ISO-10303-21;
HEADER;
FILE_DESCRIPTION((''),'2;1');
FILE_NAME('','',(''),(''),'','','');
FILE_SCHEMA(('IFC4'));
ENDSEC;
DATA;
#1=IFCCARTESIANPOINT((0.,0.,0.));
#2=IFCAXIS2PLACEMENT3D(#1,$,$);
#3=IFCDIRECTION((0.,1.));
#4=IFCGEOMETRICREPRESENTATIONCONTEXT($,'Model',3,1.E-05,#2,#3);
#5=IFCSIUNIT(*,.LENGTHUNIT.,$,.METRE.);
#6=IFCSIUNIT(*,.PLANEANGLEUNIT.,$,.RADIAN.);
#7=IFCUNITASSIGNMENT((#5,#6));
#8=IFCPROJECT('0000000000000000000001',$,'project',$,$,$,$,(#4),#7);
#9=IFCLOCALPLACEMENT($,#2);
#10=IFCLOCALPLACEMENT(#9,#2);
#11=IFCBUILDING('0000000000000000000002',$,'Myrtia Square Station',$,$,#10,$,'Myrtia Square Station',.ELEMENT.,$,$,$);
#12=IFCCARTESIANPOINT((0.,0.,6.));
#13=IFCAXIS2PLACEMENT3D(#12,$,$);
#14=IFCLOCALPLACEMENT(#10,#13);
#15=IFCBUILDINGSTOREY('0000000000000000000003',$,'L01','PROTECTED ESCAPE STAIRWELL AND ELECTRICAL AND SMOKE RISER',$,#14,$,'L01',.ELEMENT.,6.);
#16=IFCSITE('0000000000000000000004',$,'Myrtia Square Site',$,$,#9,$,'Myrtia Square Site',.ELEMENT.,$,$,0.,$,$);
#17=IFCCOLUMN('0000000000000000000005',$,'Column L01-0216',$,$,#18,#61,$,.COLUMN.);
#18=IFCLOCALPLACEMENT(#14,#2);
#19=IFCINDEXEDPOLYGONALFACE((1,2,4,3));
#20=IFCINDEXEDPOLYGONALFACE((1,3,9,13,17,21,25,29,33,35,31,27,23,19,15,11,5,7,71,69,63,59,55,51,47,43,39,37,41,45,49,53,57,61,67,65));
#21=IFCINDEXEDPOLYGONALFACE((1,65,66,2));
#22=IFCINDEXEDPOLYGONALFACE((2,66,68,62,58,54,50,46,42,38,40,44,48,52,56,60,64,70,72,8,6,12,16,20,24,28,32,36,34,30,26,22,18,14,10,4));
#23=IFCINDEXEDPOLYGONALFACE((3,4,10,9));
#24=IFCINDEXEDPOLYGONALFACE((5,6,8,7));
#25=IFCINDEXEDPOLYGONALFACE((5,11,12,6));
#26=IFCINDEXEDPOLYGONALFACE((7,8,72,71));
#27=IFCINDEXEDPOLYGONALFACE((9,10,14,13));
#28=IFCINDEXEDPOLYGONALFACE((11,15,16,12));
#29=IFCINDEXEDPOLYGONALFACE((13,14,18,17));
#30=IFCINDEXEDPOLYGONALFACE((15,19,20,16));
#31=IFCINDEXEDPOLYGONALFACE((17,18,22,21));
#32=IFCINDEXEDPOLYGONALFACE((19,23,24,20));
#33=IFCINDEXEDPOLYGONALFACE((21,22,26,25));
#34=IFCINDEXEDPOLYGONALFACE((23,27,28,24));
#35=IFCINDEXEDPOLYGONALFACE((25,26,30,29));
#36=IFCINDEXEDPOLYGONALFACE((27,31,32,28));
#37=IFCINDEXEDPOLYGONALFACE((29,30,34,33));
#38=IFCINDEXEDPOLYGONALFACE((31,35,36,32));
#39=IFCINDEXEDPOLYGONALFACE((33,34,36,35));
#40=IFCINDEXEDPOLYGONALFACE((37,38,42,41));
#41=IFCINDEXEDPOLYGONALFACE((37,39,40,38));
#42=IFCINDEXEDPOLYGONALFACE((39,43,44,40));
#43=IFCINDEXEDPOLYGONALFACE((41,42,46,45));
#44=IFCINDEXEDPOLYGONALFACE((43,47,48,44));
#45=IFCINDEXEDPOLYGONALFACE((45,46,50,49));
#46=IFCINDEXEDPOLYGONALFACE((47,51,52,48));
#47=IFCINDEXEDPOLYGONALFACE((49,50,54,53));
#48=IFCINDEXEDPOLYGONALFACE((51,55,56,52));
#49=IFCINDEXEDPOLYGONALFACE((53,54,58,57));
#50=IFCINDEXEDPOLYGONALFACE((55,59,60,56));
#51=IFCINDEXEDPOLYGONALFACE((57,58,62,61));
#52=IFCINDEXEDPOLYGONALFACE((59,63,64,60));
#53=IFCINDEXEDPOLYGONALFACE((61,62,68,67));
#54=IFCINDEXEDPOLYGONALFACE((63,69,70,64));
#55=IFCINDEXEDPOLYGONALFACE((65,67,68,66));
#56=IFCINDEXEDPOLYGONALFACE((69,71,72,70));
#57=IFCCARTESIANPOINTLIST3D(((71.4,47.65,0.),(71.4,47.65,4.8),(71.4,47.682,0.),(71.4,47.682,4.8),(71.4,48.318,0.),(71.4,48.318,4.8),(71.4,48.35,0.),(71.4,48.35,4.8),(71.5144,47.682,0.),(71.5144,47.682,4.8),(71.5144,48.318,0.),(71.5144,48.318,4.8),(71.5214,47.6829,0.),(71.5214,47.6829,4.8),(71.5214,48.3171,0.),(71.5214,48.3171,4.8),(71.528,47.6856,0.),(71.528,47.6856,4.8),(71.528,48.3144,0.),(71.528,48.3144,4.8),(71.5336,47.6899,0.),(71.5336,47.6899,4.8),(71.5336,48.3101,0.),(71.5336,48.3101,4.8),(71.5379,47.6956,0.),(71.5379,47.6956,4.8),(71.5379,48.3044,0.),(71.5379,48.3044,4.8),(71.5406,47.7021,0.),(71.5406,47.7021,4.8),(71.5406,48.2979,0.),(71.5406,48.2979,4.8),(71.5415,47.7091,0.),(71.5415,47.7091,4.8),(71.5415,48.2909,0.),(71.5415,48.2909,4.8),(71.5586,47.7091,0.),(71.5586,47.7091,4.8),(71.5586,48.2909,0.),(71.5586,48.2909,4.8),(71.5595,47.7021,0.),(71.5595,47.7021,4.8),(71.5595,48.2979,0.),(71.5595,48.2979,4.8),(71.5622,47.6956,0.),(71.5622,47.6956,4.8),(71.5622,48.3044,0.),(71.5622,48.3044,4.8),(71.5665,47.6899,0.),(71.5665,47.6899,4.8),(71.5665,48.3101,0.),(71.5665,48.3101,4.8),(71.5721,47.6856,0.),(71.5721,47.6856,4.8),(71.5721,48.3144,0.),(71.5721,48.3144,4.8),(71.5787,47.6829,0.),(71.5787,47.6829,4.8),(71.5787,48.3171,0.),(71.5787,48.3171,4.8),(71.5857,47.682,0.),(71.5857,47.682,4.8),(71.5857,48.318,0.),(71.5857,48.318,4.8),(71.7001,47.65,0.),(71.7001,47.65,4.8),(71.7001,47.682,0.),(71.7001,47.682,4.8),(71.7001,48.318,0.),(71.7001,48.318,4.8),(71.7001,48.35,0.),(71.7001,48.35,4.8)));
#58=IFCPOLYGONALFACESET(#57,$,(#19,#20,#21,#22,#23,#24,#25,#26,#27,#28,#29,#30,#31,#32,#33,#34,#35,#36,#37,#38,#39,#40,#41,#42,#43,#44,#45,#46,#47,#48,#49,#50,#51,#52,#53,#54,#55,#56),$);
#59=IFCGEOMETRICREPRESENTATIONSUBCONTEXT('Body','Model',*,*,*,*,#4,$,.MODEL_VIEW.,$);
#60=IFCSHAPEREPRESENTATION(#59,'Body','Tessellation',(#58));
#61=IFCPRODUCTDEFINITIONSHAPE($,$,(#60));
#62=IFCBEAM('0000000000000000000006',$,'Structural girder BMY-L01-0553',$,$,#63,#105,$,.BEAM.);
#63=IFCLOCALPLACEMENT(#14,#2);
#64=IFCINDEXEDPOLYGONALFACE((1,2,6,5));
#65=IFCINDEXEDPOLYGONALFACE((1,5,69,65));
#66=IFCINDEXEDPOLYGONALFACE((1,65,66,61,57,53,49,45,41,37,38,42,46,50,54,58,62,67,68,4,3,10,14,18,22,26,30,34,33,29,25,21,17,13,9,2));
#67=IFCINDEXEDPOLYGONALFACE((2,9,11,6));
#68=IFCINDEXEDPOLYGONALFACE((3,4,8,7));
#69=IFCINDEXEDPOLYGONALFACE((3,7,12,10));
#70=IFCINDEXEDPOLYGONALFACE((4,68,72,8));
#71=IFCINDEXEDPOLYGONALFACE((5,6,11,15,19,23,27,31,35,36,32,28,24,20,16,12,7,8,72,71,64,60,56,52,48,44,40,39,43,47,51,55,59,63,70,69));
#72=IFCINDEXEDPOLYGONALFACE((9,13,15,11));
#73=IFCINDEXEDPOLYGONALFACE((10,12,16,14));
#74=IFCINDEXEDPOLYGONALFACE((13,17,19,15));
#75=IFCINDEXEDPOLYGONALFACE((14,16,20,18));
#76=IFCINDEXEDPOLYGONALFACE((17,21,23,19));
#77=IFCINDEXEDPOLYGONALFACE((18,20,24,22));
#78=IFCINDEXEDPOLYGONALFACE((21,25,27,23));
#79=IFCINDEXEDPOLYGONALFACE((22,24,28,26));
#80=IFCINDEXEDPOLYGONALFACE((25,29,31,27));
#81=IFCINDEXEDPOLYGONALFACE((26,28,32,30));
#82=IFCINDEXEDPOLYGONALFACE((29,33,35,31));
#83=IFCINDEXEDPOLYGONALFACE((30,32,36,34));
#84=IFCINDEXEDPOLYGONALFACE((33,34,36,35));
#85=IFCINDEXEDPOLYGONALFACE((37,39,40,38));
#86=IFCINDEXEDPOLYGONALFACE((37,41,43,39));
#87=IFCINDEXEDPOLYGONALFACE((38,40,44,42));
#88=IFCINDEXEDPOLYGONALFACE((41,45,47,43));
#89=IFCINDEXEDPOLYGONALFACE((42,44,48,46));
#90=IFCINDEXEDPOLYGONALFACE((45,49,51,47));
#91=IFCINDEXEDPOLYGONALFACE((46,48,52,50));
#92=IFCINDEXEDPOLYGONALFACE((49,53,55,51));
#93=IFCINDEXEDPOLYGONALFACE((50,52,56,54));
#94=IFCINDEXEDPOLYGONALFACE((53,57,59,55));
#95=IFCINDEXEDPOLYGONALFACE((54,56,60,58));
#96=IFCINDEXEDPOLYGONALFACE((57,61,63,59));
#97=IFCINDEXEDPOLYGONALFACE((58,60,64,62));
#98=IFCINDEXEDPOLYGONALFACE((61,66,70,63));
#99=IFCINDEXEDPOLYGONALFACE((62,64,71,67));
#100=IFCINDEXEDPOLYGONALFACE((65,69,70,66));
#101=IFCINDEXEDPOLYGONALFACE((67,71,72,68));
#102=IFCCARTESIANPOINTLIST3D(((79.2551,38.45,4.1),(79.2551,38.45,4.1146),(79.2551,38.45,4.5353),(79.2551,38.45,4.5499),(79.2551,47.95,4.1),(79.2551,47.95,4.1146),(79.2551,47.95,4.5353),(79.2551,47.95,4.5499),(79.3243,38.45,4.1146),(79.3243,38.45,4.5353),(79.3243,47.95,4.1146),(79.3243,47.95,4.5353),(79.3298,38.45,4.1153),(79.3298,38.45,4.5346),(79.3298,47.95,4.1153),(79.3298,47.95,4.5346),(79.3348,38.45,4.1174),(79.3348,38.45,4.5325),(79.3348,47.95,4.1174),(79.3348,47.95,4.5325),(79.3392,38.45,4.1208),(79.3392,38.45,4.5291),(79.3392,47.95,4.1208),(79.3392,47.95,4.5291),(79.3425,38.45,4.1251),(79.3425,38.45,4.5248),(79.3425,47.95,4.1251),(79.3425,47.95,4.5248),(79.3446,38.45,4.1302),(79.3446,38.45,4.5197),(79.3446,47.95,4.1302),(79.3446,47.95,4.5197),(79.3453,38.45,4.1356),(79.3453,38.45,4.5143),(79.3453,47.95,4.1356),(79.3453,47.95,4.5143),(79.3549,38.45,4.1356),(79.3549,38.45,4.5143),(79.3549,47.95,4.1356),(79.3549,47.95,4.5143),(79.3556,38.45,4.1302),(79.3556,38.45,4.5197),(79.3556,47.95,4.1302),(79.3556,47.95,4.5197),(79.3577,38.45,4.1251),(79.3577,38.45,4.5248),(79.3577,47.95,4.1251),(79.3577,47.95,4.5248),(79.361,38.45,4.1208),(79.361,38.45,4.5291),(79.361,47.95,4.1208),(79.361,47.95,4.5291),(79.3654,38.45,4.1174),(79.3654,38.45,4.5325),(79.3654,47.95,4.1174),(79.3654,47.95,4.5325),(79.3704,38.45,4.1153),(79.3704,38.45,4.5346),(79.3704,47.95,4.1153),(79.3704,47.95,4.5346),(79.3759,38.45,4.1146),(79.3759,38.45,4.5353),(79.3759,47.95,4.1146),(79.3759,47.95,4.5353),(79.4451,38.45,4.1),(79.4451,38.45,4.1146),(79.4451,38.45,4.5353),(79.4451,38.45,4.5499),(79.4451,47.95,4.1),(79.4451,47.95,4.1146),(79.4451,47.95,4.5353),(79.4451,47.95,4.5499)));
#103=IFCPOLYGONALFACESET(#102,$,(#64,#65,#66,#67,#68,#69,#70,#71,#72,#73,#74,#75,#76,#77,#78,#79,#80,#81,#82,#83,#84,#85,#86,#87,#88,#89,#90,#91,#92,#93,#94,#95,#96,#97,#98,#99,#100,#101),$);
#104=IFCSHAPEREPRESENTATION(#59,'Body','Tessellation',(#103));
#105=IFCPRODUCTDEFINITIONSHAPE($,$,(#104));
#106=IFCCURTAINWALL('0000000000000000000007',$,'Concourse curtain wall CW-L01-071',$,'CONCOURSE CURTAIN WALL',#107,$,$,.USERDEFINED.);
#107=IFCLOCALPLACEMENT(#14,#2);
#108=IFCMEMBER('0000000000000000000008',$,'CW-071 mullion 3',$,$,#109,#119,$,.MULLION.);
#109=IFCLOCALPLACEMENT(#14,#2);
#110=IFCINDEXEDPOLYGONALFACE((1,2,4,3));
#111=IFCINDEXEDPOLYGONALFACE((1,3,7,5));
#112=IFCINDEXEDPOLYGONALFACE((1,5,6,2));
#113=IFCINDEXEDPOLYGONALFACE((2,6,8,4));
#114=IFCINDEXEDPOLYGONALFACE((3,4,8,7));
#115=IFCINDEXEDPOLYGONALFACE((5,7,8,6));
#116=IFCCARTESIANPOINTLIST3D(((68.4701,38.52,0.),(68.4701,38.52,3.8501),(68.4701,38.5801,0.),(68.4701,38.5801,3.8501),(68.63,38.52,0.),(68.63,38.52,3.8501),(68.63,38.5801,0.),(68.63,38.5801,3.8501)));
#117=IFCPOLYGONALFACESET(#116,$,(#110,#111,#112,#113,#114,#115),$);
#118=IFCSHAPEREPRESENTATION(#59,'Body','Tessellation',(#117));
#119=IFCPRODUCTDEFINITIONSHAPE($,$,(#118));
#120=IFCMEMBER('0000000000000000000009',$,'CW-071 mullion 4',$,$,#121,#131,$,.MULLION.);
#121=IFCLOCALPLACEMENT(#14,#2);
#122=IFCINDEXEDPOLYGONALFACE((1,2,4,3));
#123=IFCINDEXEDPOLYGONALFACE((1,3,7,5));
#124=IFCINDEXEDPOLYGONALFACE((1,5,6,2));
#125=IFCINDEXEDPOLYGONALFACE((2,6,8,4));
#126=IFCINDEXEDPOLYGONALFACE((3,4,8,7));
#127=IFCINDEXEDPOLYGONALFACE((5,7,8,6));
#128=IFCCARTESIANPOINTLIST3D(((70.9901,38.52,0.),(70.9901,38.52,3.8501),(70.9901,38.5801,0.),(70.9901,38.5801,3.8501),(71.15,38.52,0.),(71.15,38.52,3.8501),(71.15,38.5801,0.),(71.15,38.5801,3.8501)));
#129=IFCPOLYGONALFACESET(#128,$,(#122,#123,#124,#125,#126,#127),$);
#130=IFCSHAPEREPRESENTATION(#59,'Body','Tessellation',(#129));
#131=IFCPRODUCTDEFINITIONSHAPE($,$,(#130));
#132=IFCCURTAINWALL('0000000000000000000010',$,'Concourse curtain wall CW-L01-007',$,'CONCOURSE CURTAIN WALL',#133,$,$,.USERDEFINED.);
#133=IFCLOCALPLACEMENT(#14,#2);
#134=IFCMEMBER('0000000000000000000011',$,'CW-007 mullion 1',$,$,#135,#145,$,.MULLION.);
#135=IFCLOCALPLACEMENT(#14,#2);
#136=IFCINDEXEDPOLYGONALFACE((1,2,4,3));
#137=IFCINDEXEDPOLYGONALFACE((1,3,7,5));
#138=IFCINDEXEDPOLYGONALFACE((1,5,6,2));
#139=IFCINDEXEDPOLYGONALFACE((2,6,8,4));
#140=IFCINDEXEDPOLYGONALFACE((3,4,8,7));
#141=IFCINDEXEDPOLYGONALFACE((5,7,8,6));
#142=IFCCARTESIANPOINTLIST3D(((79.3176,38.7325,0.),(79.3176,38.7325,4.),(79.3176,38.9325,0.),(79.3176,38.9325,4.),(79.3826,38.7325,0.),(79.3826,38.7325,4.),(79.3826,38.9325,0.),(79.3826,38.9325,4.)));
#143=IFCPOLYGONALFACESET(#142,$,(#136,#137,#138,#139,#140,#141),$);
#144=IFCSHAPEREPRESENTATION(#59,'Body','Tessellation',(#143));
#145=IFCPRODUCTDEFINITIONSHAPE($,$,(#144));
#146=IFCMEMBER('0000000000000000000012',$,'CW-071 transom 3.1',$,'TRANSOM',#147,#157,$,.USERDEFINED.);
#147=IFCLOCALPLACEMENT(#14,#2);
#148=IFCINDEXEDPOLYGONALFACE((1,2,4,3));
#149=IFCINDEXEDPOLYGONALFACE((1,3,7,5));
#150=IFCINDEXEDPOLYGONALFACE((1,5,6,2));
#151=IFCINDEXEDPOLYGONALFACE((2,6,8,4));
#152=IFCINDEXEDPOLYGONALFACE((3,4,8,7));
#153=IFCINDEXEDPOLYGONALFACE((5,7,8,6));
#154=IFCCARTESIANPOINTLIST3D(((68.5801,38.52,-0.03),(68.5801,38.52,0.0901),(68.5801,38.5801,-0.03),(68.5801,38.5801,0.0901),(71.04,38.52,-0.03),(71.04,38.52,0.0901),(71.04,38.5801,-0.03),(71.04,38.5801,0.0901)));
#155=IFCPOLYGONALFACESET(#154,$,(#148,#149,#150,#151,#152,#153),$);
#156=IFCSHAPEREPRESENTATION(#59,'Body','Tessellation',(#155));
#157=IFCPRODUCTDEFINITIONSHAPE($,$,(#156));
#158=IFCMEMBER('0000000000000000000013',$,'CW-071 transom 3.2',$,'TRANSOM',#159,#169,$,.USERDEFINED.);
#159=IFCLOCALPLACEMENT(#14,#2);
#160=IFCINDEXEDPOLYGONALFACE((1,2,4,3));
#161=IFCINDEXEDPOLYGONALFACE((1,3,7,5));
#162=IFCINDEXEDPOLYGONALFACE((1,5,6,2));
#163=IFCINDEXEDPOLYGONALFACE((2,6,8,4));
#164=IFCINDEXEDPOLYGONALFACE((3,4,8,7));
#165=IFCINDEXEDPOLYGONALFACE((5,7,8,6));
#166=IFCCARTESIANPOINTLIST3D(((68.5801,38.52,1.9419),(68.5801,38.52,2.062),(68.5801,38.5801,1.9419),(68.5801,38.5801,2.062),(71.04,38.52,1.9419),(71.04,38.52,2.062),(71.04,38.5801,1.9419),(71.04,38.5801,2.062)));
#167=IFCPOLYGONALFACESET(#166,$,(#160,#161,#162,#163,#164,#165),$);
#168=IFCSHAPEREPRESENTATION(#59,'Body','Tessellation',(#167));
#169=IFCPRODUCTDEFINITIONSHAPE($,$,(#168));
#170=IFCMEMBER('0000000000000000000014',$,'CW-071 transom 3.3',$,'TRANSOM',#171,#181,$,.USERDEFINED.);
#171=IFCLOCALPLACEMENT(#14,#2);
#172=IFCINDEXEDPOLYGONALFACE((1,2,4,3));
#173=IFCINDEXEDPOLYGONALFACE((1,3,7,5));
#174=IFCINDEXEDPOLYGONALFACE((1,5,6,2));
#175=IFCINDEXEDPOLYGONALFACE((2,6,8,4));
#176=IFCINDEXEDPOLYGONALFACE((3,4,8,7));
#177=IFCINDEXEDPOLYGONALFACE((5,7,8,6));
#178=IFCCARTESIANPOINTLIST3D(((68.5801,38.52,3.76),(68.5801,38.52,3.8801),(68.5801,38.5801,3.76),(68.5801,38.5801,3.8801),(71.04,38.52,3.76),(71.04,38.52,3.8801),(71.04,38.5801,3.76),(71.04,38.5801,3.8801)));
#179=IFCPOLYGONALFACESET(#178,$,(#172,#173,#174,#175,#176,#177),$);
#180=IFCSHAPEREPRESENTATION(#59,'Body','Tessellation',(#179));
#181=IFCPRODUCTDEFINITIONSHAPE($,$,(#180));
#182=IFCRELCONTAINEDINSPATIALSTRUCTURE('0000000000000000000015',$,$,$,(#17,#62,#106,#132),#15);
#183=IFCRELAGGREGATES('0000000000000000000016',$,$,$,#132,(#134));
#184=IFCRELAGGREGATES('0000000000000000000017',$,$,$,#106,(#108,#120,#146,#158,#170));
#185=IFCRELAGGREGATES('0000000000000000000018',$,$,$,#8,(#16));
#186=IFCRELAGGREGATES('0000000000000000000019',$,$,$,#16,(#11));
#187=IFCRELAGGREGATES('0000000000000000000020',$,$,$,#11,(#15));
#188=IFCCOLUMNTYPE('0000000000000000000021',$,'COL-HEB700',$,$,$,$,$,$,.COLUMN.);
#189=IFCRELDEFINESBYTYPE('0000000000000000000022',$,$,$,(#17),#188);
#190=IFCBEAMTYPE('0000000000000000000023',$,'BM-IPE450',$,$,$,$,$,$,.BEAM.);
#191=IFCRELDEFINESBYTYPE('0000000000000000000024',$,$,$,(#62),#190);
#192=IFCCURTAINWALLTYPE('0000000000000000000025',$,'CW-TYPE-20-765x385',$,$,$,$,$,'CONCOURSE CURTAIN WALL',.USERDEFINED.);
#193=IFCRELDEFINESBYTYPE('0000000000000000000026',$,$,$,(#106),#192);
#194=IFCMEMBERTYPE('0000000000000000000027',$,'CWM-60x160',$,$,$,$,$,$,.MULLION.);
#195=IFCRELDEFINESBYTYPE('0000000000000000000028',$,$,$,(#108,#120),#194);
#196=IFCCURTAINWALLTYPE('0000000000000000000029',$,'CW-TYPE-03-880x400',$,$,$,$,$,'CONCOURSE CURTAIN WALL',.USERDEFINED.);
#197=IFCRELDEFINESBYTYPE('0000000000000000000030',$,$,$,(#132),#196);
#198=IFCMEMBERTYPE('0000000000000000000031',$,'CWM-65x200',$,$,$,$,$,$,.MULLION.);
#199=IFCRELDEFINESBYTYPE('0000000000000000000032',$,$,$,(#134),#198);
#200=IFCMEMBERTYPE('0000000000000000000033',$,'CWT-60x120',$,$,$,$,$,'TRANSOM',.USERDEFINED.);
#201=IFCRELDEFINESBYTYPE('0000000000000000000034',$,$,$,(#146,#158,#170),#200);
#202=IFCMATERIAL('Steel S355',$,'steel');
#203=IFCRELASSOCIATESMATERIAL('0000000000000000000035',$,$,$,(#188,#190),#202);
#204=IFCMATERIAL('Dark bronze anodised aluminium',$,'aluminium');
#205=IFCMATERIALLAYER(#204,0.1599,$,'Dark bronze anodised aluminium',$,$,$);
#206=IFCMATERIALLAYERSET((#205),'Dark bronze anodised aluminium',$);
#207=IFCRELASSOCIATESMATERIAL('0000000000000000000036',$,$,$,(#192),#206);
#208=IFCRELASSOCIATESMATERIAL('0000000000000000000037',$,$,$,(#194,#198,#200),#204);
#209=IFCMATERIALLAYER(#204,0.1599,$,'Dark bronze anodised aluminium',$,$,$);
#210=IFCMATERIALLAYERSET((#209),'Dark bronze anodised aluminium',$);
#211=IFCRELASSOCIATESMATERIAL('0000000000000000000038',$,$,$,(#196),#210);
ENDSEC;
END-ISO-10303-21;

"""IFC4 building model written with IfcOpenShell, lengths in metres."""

from ifc_helpers import new_model, si_unit, direction, frame, origin, origin_2d, place, context, subcontext, project, spatial, rectangle, i_section, extrude, material, layer, layer_set, material_profile, profile_set, type_object, element, aggregate, save


model = new_model("IFC4")

# Units and contexts
model_context = context("Model", 3, precision=1e-05, world=origin(), true_north=direction((0.0, 1.0)))
body_context = subcontext(model_context, "Body", "Model", "MODEL_VIEW")
ifc_project = project(units=[si_unit("LENGTHUNIT", "METRE"), si_unit("PLANEANGLEUNIT", "RADIAN")], contexts=[model_context])

# Site, building, storey
site_placement = place(None, origin())
site = spatial("IfcSite", under=ifc_project, at=site_placement, Name="Myrtia Square Site", LongName="Myrtia Square Site", CompositionType="ELEMENT", RefElevation=0.0)
building_placement = place(site_placement, origin())
building = spatial("IfcBuilding", under=site, at=building_placement, Name="Myrtia Square Station", LongName="Myrtia Square Station", CompositionType="ELEMENT")
storey_placement = place(building_placement, frame((0.0, 0.0, 6.0)))
storey = spatial("IfcBuildingStorey", under=building, at=storey_placement, Name="L01", Description="PROTECTED ESCAPE STAIRWELL AND ELECTRICAL AND SMOKE RISER", LongName="L01", CompositionType="ELEMENT", Elevation=6.0)

# Column
ifc_material_1 = material(Name="Steel S355", Category="steel")
ifc_material_profile_1 = material_profile(ifc_material_1, i_section(OverallWidth=0.3, OverallDepth=0.7, WebThickness=0.0171, FlangeThickness=0.032, FilletRadius=0.0271, at=origin_2d()), Name="HEB 700")
ifc_profile_set_1 = profile_set([ifc_material_profile_1], Name="Steel S355")
column_type_1 = type_object("IfcColumnType", Name="COL-HEB700", PredefinedType="COLUMN", material=ifc_profile_set_1)
for number, where, z_axis, x_axis, name in (
    (1, (71.55, 48.0, 0.0), (0.0, 0.0, 1.0), (1.0, 0.0, 0.0), "Column L01-0216"),
):
    element("IfcColumn", number, at=place(storey_placement, frame(where, z_axis=z_axis, x_axis=x_axis)), inside=storey, type_object=column_type_1, Name=name, PredefinedType="COLUMN", context=body_context, shape_type="SweptSolid", body=[
        extrude(i_section(OverallWidth=0.3, OverallDepth=0.7, WebThickness=0.0171, FlangeThickness=0.032, FilletRadius=0.0271, at=origin_2d()), origin(), (0.0, 0.0, 1.0), 4.8),
    ])

# Beam
ifc_material_profile_2 = material_profile(ifc_material_1, i_section(OverallWidth=0.1899, OverallDepth=0.45, WebThickness=0.0095, FlangeThickness=0.0146, FilletRadius=0.021, at=origin_2d()), Name="IPE 450")
ifc_profile_set_2 = profile_set([ifc_material_profile_2], Name="Steel S355")
beam_type = type_object("IfcBeamType", Name="BM-IPE450", PredefinedType="BEAM", material=ifc_profile_set_2)
beam_placement = place(storey_placement, frame((79.3501, 38.45, 4.325), z_axis=(0.0, 1.0, 0.0), x_axis=(-1.0, 0.0, 0.0)))
element("IfcBeam", 2, at=beam_placement, inside=storey, type_object=beam_type, Name="Structural girder BMY-L01-0553", PredefinedType="BEAM", context=body_context, shape_type="SweptSolid", body=[
    extrude(i_section(OverallWidth=0.1899, OverallDepth=0.45, WebThickness=0.0095, FlangeThickness=0.0146, FilletRadius=0.021, at=origin_2d()), origin(), (0.0, 0.0, 1.0), 9.5),
])

# Curtain wall, members
ifc_material_2 = material(Name="Dark bronze anodised aluminium", Category="aluminium")
ifc_layer_1 = layer(ifc_material_2, 0.1599, Name="Dark bronze anodised aluminium")
ifc_layer_set_1 = layer_set([ifc_layer_1], Name="Dark bronze anodised aluminium")
curtain_wall_type_1 = type_object("IfcCurtainWallType", Name="CW-TYPE-20-765x385", ElementType="CONCOURSE CURTAIN WALL", PredefinedType="USERDEFINED", material=ifc_layer_set_1)
curtain_wall_1_placement = place(storey_placement, origin())
curtain_wall_1 = element("IfcCurtainWall", 3, at=curtain_wall_1_placement, inside=storey, type_object=curtain_wall_type_1, Name="Concourse curtain wall CW-L01-071", ObjectType="CONCOURSE CURTAIN WALL", PredefinedType="USERDEFINED")
ifc_material_profile_3 = material_profile(ifc_material_2, rectangle(XDim=0.0601, YDim=0.1599, at=origin_2d()), Name="ALU-M 60x160")
ifc_profile_set_3 = profile_set([ifc_material_profile_3], Name="Dark bronze anodised aluminium")
member_type_1 = type_object("IfcMemberType", Name="CWM-60x160", PredefinedType="MULLION", material=ifc_profile_set_3)
member_1_placement = place(storey_placement, frame((68.55, 38.55, 0.0), z_axis=(0.0, 0.0, 1.0), x_axis=(0.0, 1.0, 0.0)))
member_1 = element("IfcMember", 4, at=member_1_placement, type_object=member_type_1, Name="CW-071 mullion 3", PredefinedType="MULLION", context=body_context, shape_type="SweptSolid", body=[
    extrude(rectangle(XDim=0.0601, YDim=0.1599, at=origin_2d()), origin(), (0.0, 0.0, 1.0), 3.8501),
])
member_2_placement = place(storey_placement, frame((71.0701, 38.55, 0.0), z_axis=(0.0, 0.0, 1.0), x_axis=(0.0, 1.0, 0.0)))
member_2 = element("IfcMember", 5, at=member_2_placement, type_object=member_type_1, Name="CW-071 mullion 4", PredefinedType="MULLION", context=body_context, shape_type="SweptSolid", body=[
    extrude(rectangle(XDim=0.0601, YDim=0.1599, at=origin_2d()), origin(), (0.0, 0.0, 1.0), 3.8501),
])

# Curtain wall, member
ifc_layer_2 = layer(ifc_material_2, 0.1599, Name="Dark bronze anodised aluminium")
ifc_layer_set_2 = layer_set([ifc_layer_2], Name="Dark bronze anodised aluminium")
curtain_wall_type_2 = type_object("IfcCurtainWallType", Name="CW-TYPE-03-880x400", ElementType="CONCOURSE CURTAIN WALL", PredefinedType="USERDEFINED", material=ifc_layer_set_2)
curtain_wall_2_placement = place(storey_placement, origin())
curtain_wall_2 = element("IfcCurtainWall", 6, at=curtain_wall_2_placement, inside=storey, type_object=curtain_wall_type_2, Name="Concourse curtain wall CW-L01-007", ObjectType="CONCOURSE CURTAIN WALL", PredefinedType="USERDEFINED")
ifc_material_profile_4 = material_profile(ifc_material_2, rectangle(XDim=0.0649, YDim=0.2, at=origin_2d()), Name="ALU-M 65x200")
ifc_profile_set_4 = profile_set([ifc_material_profile_4], Name="Dark bronze anodised aluminium")
member_type_2 = type_object("IfcMemberType", Name="CWM-65x200", PredefinedType="MULLION", material=ifc_profile_set_4)
member_3_placement = place(storey_placement, frame((79.3501, 38.8325, 0.0), z_axis=(0.0, 0.0, 1.0), x_axis=(-1.0, 0.0, 0.0)))
member_3 = element("IfcMember", 7, at=member_3_placement, type_object=member_type_2, Name="CW-007 mullion 1", PredefinedType="MULLION", context=body_context, shape_type="SweptSolid", body=[
    extrude(rectangle(XDim=0.0649, YDim=0.2, at=origin_2d()), origin(), (0.0, 0.0, 1.0), 4.0),
])

# Members
ifc_material_profile_5 = material_profile(ifc_material_2, rectangle(XDim=0.0601, YDim=0.1201, at=origin_2d()), Name="ALU-T 60x120")
ifc_profile_set_5 = profile_set([ifc_material_profile_5], Name="Dark bronze anodised aluminium")
member_type_3 = type_object("IfcMemberType", Name="CWT-60x120", ElementType="TRANSOM", PredefinedType="USERDEFINED", material=ifc_profile_set_5)
member_4_placement = place(storey_placement, frame((68.5801, 38.55, 0.03), z_axis=(1.0, 0.0, 0.0), x_axis=(0.0, 1.0, 0.0)))
member_4 = element("IfcMember", 8, at=member_4_placement, type_object=member_type_3, Name="CW-071 transom 3.1", ObjectType="TRANSOM", PredefinedType="USERDEFINED", context=body_context, shape_type="SweptSolid", body=[
    extrude(rectangle(XDim=0.0601, YDim=0.1201, at=origin_2d()), origin(), (0.0, 0.0, 1.0), 2.46),
])
member_5_placement = place(storey_placement, frame((68.5801, 38.55, 2.002), z_axis=(1.0, 0.0, 0.0), x_axis=(0.0, 1.0, 0.0)))
member_5 = element("IfcMember", 9, at=member_5_placement, type_object=member_type_3, Name="CW-071 transom 3.2", ObjectType="TRANSOM", PredefinedType="USERDEFINED", context=body_context, shape_type="SweptSolid", body=[
    extrude(rectangle(XDim=0.0601, YDim=0.1201, at=origin_2d()), origin(), (0.0, 0.0, 1.0), 2.46),
])
member_6_placement = place(storey_placement, frame((68.5801, 38.55, 3.8201), z_axis=(1.0, 0.0, 0.0), x_axis=(0.0, 1.0, 0.0)))
member_6 = element("IfcMember", 10, at=member_6_placement, type_object=member_type_3, Name="CW-071 transom 3.3", ObjectType="TRANSOM", PredefinedType="USERDEFINED", context=body_context, shape_type="SweptSolid", body=[
    extrude(rectangle(XDim=0.0601, YDim=0.1201, at=origin_2d()), origin(), (0.0, 0.0, 1.0), 2.46),
])
aggregate(curtain_wall_2, [member_3])

aggregate(curtain_wall_1, [member_1, member_2, member_4, member_5, member_6])

save(model, "model.ifc")
